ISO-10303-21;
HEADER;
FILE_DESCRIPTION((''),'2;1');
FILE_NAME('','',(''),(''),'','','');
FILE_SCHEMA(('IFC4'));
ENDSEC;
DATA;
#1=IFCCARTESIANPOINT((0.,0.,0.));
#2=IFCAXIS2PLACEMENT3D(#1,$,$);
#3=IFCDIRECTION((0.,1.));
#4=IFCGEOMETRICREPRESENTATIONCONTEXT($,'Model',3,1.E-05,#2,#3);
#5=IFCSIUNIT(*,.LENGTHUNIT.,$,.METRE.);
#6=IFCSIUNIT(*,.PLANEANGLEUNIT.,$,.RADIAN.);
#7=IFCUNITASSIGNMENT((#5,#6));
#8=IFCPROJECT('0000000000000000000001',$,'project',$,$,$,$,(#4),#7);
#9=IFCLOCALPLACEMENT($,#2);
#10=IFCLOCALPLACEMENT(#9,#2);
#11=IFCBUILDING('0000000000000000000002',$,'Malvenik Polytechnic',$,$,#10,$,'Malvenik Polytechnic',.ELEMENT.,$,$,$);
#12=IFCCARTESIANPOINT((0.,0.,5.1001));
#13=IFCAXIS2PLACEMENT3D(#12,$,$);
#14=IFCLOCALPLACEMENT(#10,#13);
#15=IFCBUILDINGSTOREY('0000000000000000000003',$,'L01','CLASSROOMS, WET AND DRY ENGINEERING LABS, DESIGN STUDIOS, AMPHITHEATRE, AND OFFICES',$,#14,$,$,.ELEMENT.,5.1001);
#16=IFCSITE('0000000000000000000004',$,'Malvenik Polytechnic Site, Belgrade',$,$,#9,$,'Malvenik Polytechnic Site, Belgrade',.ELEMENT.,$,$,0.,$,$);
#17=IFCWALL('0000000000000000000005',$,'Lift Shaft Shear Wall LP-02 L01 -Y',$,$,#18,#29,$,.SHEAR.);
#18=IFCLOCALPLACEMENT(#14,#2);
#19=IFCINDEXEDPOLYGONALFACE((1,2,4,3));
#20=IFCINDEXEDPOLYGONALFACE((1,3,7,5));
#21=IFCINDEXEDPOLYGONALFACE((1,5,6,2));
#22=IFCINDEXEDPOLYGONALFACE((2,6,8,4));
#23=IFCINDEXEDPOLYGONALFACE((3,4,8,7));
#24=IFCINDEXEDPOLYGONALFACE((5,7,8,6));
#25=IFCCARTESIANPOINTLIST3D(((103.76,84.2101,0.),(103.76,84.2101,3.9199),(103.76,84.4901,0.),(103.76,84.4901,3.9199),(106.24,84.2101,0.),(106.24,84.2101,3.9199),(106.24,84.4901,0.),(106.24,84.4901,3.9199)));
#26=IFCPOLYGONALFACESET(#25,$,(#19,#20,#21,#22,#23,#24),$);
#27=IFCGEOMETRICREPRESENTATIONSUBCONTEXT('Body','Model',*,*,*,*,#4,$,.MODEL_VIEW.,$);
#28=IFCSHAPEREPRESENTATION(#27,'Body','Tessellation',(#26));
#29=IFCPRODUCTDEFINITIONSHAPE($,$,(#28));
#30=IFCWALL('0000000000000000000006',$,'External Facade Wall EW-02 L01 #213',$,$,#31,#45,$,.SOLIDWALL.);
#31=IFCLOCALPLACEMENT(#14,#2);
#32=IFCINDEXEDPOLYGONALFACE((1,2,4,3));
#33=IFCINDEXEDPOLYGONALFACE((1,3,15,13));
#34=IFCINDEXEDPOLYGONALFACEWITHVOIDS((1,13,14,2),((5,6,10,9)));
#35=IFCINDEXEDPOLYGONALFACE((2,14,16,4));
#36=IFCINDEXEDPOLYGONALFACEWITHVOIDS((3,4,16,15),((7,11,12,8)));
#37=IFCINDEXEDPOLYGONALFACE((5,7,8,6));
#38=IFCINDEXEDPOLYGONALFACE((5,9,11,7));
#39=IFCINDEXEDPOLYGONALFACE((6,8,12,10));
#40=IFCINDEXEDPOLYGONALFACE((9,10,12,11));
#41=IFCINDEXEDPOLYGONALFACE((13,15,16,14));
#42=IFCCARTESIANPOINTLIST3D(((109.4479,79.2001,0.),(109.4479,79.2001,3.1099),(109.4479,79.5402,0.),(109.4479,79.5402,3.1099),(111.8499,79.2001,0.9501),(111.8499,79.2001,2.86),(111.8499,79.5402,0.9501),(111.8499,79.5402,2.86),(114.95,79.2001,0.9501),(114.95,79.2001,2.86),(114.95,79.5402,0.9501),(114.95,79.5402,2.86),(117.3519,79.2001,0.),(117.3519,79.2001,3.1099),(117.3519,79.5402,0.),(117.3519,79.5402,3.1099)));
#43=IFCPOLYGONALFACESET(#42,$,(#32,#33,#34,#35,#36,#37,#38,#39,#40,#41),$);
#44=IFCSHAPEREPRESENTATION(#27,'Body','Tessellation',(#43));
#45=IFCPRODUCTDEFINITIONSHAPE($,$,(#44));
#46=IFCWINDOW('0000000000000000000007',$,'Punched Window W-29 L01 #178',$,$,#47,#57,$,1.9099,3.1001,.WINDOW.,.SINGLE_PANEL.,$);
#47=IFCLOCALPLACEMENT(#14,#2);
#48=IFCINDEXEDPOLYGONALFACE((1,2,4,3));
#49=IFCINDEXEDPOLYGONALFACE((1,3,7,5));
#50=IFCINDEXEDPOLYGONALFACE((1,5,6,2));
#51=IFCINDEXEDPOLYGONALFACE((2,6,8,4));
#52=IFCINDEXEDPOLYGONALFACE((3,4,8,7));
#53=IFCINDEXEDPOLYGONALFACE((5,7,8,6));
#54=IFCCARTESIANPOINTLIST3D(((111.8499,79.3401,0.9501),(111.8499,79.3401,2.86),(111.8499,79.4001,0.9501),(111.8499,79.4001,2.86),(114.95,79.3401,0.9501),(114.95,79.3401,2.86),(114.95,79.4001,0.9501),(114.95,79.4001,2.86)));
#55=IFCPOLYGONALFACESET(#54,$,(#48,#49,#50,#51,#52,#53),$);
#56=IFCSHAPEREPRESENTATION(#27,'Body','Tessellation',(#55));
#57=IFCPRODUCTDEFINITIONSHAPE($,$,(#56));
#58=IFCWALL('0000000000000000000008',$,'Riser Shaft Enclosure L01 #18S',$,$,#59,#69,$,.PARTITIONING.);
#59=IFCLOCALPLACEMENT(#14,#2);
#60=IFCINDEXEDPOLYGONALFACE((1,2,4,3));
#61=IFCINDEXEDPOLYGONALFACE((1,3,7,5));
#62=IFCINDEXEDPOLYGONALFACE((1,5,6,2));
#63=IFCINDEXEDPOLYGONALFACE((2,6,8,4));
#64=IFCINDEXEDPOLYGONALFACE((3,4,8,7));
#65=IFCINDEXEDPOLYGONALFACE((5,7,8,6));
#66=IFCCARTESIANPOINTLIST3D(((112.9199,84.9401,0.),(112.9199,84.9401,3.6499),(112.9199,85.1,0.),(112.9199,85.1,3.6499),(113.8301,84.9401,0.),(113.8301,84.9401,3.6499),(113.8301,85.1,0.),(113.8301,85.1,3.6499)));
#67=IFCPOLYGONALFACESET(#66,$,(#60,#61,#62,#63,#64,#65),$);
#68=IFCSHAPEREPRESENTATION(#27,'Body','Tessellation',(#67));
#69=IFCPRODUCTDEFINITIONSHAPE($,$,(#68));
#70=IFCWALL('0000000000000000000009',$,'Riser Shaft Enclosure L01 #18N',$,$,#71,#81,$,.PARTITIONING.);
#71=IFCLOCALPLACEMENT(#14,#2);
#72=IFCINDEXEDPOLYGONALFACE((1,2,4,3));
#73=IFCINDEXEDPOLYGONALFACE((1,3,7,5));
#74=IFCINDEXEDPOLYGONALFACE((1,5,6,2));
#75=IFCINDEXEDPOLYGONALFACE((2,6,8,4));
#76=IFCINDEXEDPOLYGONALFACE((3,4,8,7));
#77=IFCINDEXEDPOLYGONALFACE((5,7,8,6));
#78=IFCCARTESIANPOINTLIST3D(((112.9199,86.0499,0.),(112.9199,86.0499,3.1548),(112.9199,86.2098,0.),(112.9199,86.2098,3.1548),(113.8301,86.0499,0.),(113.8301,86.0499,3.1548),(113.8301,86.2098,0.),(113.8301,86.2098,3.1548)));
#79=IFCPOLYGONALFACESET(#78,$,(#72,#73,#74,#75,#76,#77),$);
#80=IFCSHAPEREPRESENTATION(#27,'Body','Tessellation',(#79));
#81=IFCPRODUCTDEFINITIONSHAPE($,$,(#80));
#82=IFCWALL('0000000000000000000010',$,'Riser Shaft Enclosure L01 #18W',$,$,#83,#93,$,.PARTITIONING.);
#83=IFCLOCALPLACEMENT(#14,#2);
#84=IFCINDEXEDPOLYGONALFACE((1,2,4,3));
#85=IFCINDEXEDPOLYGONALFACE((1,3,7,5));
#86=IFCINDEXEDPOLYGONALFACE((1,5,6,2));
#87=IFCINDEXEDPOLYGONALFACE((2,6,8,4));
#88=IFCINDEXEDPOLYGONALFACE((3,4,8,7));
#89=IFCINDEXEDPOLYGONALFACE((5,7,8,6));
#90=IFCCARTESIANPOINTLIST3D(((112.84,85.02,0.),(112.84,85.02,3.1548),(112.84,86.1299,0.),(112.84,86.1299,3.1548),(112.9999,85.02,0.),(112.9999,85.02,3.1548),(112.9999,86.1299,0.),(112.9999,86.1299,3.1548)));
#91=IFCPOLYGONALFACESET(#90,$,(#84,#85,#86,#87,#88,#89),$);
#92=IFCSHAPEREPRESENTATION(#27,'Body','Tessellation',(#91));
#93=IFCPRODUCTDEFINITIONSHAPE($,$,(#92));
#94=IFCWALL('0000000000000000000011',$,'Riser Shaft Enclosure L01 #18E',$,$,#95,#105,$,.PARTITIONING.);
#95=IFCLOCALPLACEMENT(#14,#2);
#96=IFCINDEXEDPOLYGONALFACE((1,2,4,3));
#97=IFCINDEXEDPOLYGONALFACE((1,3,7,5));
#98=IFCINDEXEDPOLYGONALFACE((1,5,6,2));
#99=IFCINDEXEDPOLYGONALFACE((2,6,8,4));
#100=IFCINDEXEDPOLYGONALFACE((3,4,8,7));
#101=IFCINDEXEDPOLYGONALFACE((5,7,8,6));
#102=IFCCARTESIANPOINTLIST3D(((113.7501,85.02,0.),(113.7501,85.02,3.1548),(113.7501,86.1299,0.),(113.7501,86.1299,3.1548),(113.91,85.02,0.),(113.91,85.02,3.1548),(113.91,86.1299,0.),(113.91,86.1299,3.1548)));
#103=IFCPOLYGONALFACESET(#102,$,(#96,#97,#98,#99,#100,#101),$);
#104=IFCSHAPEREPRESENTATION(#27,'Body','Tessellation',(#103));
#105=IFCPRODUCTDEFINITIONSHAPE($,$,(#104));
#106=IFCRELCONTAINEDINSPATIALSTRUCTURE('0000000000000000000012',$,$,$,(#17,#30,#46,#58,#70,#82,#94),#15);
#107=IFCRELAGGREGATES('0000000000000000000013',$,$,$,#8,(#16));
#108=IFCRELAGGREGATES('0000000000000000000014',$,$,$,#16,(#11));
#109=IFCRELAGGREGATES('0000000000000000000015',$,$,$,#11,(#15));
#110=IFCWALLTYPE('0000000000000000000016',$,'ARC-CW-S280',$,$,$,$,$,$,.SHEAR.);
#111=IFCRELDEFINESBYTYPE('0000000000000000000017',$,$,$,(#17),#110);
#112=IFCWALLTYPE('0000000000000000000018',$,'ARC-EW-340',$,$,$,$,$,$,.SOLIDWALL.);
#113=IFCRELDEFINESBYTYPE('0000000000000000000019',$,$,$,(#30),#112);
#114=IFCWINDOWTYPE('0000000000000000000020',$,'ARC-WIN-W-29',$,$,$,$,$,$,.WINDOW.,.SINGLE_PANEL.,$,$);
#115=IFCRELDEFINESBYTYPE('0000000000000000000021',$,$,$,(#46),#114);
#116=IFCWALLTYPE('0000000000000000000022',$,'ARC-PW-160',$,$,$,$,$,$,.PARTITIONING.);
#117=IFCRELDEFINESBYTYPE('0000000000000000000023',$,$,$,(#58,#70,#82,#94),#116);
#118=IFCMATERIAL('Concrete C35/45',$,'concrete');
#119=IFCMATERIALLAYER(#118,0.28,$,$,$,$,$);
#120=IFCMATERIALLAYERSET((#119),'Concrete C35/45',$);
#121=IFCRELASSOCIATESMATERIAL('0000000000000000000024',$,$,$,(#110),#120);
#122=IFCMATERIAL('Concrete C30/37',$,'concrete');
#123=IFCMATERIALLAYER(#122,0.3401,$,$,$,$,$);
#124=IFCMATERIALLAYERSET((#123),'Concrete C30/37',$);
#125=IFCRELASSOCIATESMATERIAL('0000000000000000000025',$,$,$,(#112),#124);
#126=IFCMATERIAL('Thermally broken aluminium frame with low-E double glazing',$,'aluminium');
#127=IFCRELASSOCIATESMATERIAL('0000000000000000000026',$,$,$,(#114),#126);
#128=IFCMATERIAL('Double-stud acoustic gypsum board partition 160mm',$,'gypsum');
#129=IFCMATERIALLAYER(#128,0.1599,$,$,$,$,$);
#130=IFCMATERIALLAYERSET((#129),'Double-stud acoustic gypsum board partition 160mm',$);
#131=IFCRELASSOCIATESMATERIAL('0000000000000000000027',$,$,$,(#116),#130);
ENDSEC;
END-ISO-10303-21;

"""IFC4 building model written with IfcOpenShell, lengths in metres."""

from ifc_helpers import new_model, si_unit, direction, frame, frame_2d, origin, place, context, subcontext, project, spatial, rectangle, extrude, material, layer, layer_set, type_object, element, fill, save


model = new_model("IFC4")

# Units and contexts
model_context = context("Model", 3, precision=1e-05, world=origin(), true_north=direction((0.0, 1.0)))
body_context = subcontext(model_context, "Body", "Model", "MODEL_VIEW")
ifc_project = project(units=[si_unit("LENGTHUNIT", "METRE"), si_unit("PLANEANGLEUNIT", "RADIAN")], contexts=[model_context])

# Site, building, storey
site_placement = place(None, origin())
site = spatial("IfcSite", under=ifc_project, at=site_placement, Name="Malvenik Polytechnic Site, Belgrade", LongName="Malvenik Polytechnic Site, Belgrade", CompositionType="ELEMENT", RefElevation=0.0)
building_placement = place(site_placement, origin())
building = spatial("IfcBuilding", under=site, at=building_placement, Name="Malvenik Polytechnic", LongName="Malvenik Polytechnic", CompositionType="ELEMENT")
storey_placement = place(building_placement, frame((0.0, 0.0, 5.1001)))
storey = spatial("IfcBuildingStorey", under=building, at=storey_placement, Name="L01", Description="CLASSROOMS, WET AND DRY ENGINEERING LABS, DESIGN STUDIOS, AMPHITHEATRE, AND OFFICES", CompositionType="ELEMENT", Elevation=5.1001)

# Shared definitions
ifc_material_1 = material(Name="Concrete C35/45", Category="concrete")

# Wall
ifc_layer_1 = layer(ifc_material_1, 0.28)
ifc_layer_set_1 = layer_set([ifc_layer_1], Name="Concrete C35/45")
wall_type_1 = type_object("IfcWallType", Name="ARC-CW-S280", PredefinedType="SHEAR", material=ifc_layer_set_1)
wall_1_placement = place(storey_placement, frame((106.24, 84.3501, 0.0), z_axis=(0.0, 0.0, 1.0), x_axis=(-1.0, 0.0, 0.0)))
element("IfcWall", 1, at=wall_1_placement, inside=storey, type_object=wall_type_1, Name="Lift Shaft Shear Wall LP-02 L01 -Y", PredefinedType="SHEAR", context=body_context, shape_type="SweptSolid", body=[
    extrude(rectangle(XDim=2.48, YDim=0.28, at=frame_2d((1.24, 0.0))), origin(), (0.0, 0.0, 1.0), 3.9199),
])

# Wall, opening, window
ifc_material_2 = material(Name="Concrete C30/37", Category="concrete")
ifc_layer_2 = layer(ifc_material_2, 0.3401)
ifc_layer_set_2 = layer_set([ifc_layer_2], Name="Concrete C30/37")
wall_type_2 = type_object("IfcWallType", Name="ARC-EW-340", PredefinedType="SOLIDWALL", material=ifc_layer_set_2)
wall_2_placement = place(storey_placement, frame((117.3521, 79.3701, 0.0), z_axis=(0.0, 0.0, 1.0), x_axis=(-1.0, 0.0, 0.0)))
wall_2 = element("IfcWall", 2, at=wall_2_placement, inside=storey, type_object=wall_type_2, Name="External Facade Wall EW-02 L01 #213", PredefinedType="SOLIDWALL", context=body_context, shape_type="SweptSolid", body=[
    extrude(rectangle(XDim=7.9041, YDim=0.3401, at=frame_2d((3.9521, 0.0))), origin(), (0.0, 0.0, 1.0), 3.1099),
])
opening_placement = place(wall_2_placement, frame((2.4021, 0.0, 0.95)))
opening = element("IfcOpeningElement", 3, at=opening_placement, cuts=wall_2, PredefinedType="OPENING", context=body_context, shape_type="SweptSolid", body=[
    extrude(rectangle(XDim=3.1001, YDim=1.9099, at=frame_2d((1.55, 0.9551))), frame((0.0, 0.1802, 0.0), z_axis=(0.0, -1.0, 0.0), x_axis=(1.0, 0.0, 0.0)), (0.0, 0.0, 1.0), 0.3601),
])
ifc_material_3 = material(Name="Thermally broken aluminium frame with low-E double glazing", Category="aluminium")
window_type = type_object("IfcWindowType", Name="ARC-WIN-W-29", PartitioningType="SINGLE_PANEL", PredefinedType="WINDOW", material=ifc_material_3)
window_placement = place(opening_placement, origin())
window = element("IfcWindow", 4, at=window_placement, inside=storey, type_object=window_type, Name="Punched Window W-29 L01 #178", OverallHeight=1.9099, OverallWidth=3.1001, PartitioningType="SINGLE_PANEL", PredefinedType="WINDOW", context=body_context, shape_type="SweptSolid", body=[
    extrude(rectangle(XDim=3.1001, YDim=1.9099, at=frame_2d((1.55, 0.9551))), frame((0.0, 0.03, 0.0), z_axis=(0.0, -1.0, 0.0), x_axis=(1.0, 0.0, 0.0)), (0.0, 0.0, 1.0), 0.0601),
])
fill(opening, window)

# Walls
ifc_material_4 = material(Name="Double-stud acoustic gypsum board partition 160mm", Category="gypsum")
ifc_layer_3 = layer(ifc_material_4, 0.1599)
ifc_layer_set_3 = layer_set([ifc_layer_3], Name="Double-stud acoustic gypsum board partition 160mm")
wall_type_3 = type_object("IfcWallType", Name="ARC-PW-160", PredefinedType="PARTITIONING", material=ifc_layer_set_3)
wall_3_placement = place(storey_placement, frame((112.9199, 85.02, 0.0), z_axis=(0.0, 0.0, 1.0), x_axis=(1.0, 0.0, 0.0)))
element("IfcWall", 5, at=wall_3_placement, inside=storey, type_object=wall_type_3, Name="Riser Shaft Enclosure L01 #18S", PredefinedType="PARTITIONING", context=body_context, shape_type="SweptSolid", body=[
    extrude(rectangle(XDim=0.9102, YDim=0.1599, at=frame_2d((0.4551, 0.0))), origin(), (0.0, 0.0, 1.0), 3.6499),
])
wall_4_placement = place(storey_placement, frame((113.8301, 86.1299, 0.0), z_axis=(0.0, 0.0, 1.0), x_axis=(-1.0, 0.0, 0.0)))
element("IfcWall", 6, at=wall_4_placement, inside=storey, type_object=wall_type_3, Name="Riser Shaft Enclosure L01 #18N", PredefinedType="PARTITIONING", context=body_context, shape_type="SweptSolid", body=[
    extrude(rectangle(XDim=0.9102, YDim=0.1599, at=frame_2d((0.4551, 0.0))), origin(), (0.0, 0.0, 1.0), 3.1548),
])
for number, where, z_axis, x_axis, name in (
    (7, (112.9199, 86.1299, 0.0), (0.0, 0.0, 1.0), (0.0, -1.0, 0.0), "Riser Shaft Enclosure L01 #18W"),
    (8, (113.8301, 85.02, 0.0), (0.0, 0.0, 1.0), (0.0, 1.0, 0.0), "Riser Shaft Enclosure L01 #18E"),
):
    element("IfcWall", number, at=place(storey_placement, frame(where, z_axis=z_axis, x_axis=x_axis)), inside=storey, type_object=wall_type_3, Name=name, PredefinedType="PARTITIONING", context=body_context, shape_type="SweptSolid", body=[
        extrude(rectangle(XDim=1.1099, YDim=0.1599, at=frame_2d((0.5549, 0.0))), origin(), (0.0, 0.0, 1.0), 3.1548),
    ])

save(model, "model.ifc")
